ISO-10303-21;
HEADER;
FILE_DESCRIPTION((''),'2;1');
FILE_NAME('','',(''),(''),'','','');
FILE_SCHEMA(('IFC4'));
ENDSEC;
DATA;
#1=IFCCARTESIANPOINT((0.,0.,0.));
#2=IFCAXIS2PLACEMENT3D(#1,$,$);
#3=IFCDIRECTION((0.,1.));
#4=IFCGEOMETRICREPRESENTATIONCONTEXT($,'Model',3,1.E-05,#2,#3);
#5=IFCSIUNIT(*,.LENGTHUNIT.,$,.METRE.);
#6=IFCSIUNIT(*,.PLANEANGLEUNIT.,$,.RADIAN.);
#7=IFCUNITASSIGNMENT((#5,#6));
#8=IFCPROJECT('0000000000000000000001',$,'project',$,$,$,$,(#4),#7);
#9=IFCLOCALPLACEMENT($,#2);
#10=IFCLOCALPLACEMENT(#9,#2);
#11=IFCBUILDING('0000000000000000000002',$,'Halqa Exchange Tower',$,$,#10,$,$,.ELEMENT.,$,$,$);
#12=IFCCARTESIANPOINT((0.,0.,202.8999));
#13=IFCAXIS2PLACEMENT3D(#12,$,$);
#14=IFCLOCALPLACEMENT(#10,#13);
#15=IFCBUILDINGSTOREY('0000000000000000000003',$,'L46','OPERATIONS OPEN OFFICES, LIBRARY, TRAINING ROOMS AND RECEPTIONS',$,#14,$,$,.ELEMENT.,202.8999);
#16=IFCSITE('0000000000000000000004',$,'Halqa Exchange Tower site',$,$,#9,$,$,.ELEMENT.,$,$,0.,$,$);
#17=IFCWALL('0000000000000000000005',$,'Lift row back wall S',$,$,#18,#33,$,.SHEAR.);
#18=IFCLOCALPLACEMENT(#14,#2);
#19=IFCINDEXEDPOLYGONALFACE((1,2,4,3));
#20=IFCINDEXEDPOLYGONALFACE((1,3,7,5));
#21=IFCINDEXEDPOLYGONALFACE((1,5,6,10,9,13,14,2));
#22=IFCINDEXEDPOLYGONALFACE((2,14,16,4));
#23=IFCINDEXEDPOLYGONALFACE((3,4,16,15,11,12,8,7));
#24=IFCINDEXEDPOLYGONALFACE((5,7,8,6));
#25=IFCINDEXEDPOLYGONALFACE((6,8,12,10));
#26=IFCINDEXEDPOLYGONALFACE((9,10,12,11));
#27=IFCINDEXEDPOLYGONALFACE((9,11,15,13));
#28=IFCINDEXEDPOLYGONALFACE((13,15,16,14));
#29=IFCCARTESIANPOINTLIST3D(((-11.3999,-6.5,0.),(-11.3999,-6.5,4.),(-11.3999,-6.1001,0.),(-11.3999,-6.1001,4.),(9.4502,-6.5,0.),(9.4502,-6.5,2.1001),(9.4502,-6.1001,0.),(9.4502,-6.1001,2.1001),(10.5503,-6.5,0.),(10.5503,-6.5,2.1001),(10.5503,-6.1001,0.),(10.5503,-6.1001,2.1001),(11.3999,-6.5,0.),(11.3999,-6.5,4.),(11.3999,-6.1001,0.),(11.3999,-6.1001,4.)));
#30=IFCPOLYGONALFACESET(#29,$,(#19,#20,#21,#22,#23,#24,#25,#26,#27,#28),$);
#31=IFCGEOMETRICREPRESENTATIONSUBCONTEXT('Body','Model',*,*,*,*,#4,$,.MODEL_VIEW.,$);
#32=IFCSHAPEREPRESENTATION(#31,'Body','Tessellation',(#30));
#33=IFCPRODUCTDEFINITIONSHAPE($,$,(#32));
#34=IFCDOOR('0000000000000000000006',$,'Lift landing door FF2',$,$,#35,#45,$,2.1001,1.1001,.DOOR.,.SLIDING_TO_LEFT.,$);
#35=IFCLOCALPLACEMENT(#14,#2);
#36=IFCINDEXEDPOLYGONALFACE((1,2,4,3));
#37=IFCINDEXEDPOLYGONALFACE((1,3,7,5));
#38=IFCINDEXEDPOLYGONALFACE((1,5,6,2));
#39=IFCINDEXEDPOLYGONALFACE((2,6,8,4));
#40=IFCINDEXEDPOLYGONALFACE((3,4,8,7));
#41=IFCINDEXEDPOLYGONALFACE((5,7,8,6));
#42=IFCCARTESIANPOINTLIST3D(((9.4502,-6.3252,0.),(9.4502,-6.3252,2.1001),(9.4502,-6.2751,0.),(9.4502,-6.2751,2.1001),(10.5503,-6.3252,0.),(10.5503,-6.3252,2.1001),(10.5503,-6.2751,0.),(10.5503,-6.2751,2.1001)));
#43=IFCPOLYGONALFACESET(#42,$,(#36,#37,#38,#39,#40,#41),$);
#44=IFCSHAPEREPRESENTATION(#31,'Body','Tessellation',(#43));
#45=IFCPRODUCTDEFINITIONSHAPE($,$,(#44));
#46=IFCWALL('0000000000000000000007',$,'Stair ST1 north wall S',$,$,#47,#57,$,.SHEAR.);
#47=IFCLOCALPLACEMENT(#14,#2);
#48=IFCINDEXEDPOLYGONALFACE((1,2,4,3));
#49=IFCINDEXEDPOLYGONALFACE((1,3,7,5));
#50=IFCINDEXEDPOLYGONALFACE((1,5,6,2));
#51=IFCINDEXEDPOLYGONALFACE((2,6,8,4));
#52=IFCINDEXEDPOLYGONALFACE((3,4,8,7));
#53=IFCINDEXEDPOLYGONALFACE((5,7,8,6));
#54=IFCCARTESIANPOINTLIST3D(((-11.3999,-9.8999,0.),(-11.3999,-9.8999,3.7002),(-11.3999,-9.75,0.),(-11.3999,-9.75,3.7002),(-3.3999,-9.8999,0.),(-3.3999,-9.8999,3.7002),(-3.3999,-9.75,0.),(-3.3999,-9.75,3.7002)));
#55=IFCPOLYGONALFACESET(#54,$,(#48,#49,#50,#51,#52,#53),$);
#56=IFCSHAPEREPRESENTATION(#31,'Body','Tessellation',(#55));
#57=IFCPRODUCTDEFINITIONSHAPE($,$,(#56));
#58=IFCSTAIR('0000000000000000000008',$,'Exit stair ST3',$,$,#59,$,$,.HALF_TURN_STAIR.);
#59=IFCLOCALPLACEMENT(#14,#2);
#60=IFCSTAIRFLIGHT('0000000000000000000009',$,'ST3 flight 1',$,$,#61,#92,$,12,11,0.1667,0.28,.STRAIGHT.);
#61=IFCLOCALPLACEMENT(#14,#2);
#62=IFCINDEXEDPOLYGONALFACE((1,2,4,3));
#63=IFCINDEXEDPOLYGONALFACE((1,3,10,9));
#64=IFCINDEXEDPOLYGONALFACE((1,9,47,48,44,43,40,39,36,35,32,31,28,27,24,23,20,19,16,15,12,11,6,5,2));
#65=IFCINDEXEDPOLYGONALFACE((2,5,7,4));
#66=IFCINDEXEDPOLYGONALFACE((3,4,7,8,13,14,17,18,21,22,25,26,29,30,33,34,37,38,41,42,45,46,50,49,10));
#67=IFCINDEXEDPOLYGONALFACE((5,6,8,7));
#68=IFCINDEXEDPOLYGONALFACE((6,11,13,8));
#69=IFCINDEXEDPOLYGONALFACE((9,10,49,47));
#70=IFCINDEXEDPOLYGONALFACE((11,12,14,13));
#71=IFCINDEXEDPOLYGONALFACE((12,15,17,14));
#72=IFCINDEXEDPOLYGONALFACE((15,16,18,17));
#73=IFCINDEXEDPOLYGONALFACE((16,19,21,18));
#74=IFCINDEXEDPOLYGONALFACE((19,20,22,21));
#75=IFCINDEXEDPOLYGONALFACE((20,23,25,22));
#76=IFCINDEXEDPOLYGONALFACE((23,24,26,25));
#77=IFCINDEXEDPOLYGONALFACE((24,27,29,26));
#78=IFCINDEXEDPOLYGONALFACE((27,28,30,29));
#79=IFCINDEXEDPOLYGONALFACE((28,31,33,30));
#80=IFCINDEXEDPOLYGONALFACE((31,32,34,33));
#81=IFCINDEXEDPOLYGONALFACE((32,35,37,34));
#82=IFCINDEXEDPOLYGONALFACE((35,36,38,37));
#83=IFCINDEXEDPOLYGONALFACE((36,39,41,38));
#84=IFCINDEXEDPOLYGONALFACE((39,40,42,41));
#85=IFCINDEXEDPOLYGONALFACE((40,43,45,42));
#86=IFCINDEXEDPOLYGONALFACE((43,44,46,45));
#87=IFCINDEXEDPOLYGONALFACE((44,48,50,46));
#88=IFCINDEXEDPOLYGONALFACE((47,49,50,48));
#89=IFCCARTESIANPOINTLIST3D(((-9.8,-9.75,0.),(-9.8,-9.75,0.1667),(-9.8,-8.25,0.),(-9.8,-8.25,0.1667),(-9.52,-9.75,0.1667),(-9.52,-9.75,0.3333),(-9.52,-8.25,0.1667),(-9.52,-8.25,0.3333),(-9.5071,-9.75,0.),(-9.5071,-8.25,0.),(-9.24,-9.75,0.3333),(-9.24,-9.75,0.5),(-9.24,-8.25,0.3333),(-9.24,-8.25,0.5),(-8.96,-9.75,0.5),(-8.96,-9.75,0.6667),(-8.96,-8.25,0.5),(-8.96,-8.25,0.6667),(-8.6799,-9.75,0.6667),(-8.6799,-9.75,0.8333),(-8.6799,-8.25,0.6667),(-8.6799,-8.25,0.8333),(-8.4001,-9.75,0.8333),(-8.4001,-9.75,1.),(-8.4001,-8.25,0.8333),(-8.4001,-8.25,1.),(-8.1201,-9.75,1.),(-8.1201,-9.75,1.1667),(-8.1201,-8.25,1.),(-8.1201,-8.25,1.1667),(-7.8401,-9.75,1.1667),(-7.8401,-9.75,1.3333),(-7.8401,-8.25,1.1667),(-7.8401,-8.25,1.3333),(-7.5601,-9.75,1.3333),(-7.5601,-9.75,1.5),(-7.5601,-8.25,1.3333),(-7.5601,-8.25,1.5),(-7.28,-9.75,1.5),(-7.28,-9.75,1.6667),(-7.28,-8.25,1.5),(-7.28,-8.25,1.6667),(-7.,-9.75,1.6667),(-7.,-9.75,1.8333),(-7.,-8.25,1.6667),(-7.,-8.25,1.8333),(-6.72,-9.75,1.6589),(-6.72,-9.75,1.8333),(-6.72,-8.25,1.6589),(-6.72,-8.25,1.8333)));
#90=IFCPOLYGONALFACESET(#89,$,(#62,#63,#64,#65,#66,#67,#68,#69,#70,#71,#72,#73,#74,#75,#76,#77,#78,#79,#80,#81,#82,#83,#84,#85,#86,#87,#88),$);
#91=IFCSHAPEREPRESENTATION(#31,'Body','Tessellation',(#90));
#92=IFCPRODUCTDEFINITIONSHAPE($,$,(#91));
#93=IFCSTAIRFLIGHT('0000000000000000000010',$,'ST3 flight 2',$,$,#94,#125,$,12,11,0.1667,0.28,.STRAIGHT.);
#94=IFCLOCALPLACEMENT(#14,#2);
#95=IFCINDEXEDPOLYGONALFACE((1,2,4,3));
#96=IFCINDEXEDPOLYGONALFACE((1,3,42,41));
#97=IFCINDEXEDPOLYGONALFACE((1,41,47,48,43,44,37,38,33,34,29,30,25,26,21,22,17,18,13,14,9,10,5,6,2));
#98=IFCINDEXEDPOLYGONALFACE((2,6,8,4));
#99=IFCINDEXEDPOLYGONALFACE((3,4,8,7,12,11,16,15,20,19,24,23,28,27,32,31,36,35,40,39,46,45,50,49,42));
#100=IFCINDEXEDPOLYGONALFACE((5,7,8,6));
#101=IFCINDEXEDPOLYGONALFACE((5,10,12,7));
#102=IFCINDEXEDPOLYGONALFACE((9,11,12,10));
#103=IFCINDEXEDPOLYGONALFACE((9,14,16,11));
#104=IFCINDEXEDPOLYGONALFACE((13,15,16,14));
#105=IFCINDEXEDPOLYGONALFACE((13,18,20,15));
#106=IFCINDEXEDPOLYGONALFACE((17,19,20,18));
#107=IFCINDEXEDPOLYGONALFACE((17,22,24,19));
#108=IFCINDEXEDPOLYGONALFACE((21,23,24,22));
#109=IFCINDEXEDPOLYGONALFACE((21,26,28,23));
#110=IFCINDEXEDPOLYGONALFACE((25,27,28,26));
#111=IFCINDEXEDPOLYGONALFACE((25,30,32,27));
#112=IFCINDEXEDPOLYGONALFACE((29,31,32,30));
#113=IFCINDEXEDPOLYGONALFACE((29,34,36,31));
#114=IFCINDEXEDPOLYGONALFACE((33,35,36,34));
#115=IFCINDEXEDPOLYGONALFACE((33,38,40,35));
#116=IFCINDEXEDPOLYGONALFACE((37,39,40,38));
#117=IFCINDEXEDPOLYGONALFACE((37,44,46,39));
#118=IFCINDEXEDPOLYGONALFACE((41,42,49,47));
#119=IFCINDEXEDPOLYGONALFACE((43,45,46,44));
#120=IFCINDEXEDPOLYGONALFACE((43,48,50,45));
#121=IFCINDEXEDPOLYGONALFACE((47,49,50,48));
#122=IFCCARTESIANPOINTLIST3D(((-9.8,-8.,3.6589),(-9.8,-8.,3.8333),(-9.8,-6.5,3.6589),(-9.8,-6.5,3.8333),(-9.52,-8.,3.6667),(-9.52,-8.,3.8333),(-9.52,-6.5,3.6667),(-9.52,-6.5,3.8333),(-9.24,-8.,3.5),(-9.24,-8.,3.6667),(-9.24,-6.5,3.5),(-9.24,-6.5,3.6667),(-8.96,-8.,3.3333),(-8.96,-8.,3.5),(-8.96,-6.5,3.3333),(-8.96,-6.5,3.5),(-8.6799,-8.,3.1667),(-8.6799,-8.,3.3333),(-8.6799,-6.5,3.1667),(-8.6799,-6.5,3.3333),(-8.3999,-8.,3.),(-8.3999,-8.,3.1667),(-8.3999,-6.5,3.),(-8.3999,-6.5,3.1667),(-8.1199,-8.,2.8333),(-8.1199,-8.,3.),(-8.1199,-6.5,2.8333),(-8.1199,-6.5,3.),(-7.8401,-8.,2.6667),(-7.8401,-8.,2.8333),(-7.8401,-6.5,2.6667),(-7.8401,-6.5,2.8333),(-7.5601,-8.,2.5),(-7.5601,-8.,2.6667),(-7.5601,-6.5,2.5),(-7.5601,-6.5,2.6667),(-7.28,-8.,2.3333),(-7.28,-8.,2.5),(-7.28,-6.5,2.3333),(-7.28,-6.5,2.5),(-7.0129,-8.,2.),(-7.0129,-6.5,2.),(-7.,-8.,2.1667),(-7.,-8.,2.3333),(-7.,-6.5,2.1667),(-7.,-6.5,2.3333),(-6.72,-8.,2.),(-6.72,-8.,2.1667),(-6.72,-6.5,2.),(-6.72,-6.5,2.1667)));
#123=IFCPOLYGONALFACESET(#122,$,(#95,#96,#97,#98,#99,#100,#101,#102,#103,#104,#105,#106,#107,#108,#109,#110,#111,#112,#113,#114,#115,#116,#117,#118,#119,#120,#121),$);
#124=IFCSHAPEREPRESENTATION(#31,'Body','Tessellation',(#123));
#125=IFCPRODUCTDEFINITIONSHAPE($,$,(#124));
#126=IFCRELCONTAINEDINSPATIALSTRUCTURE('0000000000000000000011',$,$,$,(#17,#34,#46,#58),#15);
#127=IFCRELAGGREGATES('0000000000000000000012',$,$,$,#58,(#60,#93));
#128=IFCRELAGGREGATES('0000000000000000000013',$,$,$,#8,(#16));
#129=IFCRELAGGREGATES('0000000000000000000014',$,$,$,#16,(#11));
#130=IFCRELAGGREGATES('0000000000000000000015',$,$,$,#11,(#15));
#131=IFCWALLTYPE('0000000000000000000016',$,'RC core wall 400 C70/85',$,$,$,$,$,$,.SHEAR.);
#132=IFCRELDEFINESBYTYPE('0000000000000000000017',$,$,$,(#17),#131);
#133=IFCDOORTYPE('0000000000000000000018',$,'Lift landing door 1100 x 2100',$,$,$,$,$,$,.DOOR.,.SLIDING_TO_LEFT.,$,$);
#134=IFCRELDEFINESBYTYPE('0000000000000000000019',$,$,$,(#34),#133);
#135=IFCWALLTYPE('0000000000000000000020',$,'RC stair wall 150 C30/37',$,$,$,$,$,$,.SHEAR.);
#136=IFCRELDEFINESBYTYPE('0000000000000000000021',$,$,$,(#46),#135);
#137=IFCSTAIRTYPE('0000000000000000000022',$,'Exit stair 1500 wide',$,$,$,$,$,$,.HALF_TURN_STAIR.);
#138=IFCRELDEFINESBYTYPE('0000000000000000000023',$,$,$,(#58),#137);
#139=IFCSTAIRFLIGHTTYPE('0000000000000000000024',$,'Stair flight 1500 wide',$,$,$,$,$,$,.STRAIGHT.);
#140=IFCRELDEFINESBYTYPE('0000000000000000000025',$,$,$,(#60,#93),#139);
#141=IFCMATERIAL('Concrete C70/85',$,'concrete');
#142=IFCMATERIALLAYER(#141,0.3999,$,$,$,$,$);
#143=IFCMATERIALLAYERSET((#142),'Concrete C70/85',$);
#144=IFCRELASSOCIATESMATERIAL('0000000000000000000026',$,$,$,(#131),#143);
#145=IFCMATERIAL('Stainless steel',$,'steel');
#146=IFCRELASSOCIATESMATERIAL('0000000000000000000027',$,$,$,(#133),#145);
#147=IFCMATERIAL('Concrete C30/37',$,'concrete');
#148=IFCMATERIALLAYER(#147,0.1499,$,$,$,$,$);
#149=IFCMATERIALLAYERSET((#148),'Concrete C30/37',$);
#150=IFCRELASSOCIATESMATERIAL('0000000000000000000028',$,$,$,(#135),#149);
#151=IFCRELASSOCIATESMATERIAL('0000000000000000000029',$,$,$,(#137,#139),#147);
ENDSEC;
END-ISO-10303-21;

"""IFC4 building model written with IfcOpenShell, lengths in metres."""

from ifc_helpers import new_model, si_unit, direction, frame, frame_2d, origin, place, context, subcontext, project, spatial, polyline, rectangle, outline, extrude, material, layer, layer_set, type_object, element, fill, aggregate, save


model = new_model("IFC4")

# Units and contexts
model_context = context("Model", 3, precision=1e-05, world=origin(), true_north=direction((0.0, 1.0)))
body_context = subcontext(model_context, "Body", "Model", "MODEL_VIEW")
ifc_project = project(units=[si_unit("LENGTHUNIT", "METRE"), si_unit("PLANEANGLEUNIT", "RADIAN")], contexts=[model_context])

# Site, building, storey
site_placement = place(None, origin())
site = spatial("IfcSite", under=ifc_project, at=site_placement, Name="Halqa Exchange Tower site", CompositionType="ELEMENT", RefElevation=0.0)
building_placement = place(site_placement, origin())
building = spatial("IfcBuilding", under=site, at=building_placement, Name="Halqa Exchange Tower", CompositionType="ELEMENT")
storey_placement = place(building_placement, frame((0.0, 0.0, 202.8999)))
storey = spatial("IfcBuildingStorey", under=building, at=storey_placement, Name="L46", Description="OPERATIONS OPEN OFFICES, LIBRARY, TRAINING ROOMS AND RECEPTIONS", CompositionType="ELEMENT", Elevation=202.8999)

# Shared definitions
ifc_material_1 = material(Name="Concrete C70/85", Category="concrete")
ifc_layer_1 = layer(ifc_material_1, 0.3999)
ifc_layer_set_1 = layer_set([ifc_layer_1], Name="Concrete C70/85")
wall_type_1 = type_object("IfcWallType", Name="RC core wall 400 C70/85", PredefinedType="SHEAR", material=ifc_layer_set_1)
ifc_material_2 = material(Name="Stainless steel", Category="steel")
door_type_1 = type_object("IfcDoorType", Name="Lift landing door 1100 x 2100", OperationType="SLIDING_TO_LEFT", PredefinedType="DOOR", material=ifc_material_2)

# Wall, opening, door
wall_1_placement = place(storey_placement, frame((-11.3999, -6.3, 0.0), z_axis=(0.0, 0.0, 1.0), x_axis=(1.0, 0.0, 0.0)))
wall_1 = element("IfcWall", 1, at=wall_1_placement, inside=storey, type_object=wall_type_1, Name="Lift row back wall S", PredefinedType="SHEAR", context=body_context, shape_type="SweptSolid", body=[
    extrude(rectangle(XDim=22.7998, YDim=0.3999, at=frame_2d((11.3999, 0.0))), origin(), (0.0, 0.0, 1.0), 4.0),
])
opening_1_placement = place(wall_1_placement, frame((20.8501, 0.0, 0.0)))
opening_1 = element("IfcOpeningElement", 2, at=opening_1_placement, cuts=wall_1, PredefinedType="OPENING", context=body_context, shape_type="SweptSolid", body=[
    extrude(rectangle(XDim=1.1001, YDim=2.1001, at=frame_2d((0.55, 1.05))), frame((0.0, 0.2119, 0.0), z_axis=(0.0, -1.0, 0.0), x_axis=(1.0, 0.0, 0.0)), (0.0, 0.0, 1.0), 0.4238),
])
door_1_placement = place(opening_1_placement, origin())
door_1 = element("IfcDoor", 3, at=door_1_placement, inside=storey, type_object=door_type_1, Name="Lift landing door FF2", OperationType="SLIDING_TO_LEFT", OverallHeight=2.1001, OverallWidth=1.1001, PredefinedType="DOOR", context=body_context, shape_type="SweptSolid", body=[
    extrude(rectangle(XDim=1.1001, YDim=2.1001, at=frame_2d((0.55, 1.05))), frame((0.0, 0.0249, 0.0), z_axis=(0.0, -1.0, 0.0), x_axis=(1.0, 0.0, 0.0)), (0.0, 0.0, 1.0), 0.05),
])
fill(opening_1, door_1)

# Wall
ifc_material_3 = material(Name="Concrete C30/37", Category="concrete")
ifc_layer_2 = layer(ifc_material_3, 0.1499)
ifc_layer_set_2 = layer_set([ifc_layer_2], Name="Concrete C30/37")
wall_type_2 = type_object("IfcWallType", Name="RC stair wall 150 C30/37", PredefinedType="SHEAR", material=ifc_layer_set_2)
wall_2_placement = place(storey_placement, frame((-11.3999, -9.825, 0.0), z_axis=(0.0, 0.0, 1.0), x_axis=(1.0, 0.0, 0.0)))
element("IfcWall", 4, at=wall_2_placement, inside=storey, type_object=wall_type_2, Name="Stair ST1 north wall S", PredefinedType="SHEAR", context=body_context, shape_type="SweptSolid", body=[
    extrude(rectangle(XDim=8.0, YDim=0.1499, at=frame_2d((4.0, 0.0))), origin(), (0.0, 0.0, 1.0), 3.7002),
])

# Stair, stair flights
stair_type = type_object("IfcStairType", Name="Exit stair 1500 wide", PredefinedType="HALF_TURN_STAIR", material=ifc_material_3)
stair_placement = place(storey_placement, origin())
stair = element("IfcStair", 5, at=stair_placement, inside=storey, type_object=stair_type, Name="Exit stair ST3", PredefinedType="HALF_TURN_STAIR")
stair_flight_type = type_object("IfcStairFlightType", Name="Stair flight 1500 wide", PredefinedType="STRAIGHT", material=ifc_material_3)
stair_flight_1_placement = place(storey_placement, frame((-9.8, -9.0, 0.0), z_axis=(0.0, 0.0, 1.0), x_axis=(1.0, 0.0, 0.0)))
stair_flight_1 = element("IfcStairFlight", 6, at=stair_flight_1_placement, type_object=stair_flight_type, Name="ST3 flight 1", NumberOfRisers=12, NumberOfTreads=11, PredefinedType="STRAIGHT", RiserHeight=0.1667, TreadLength=0.28, context=body_context, shape_type="SweptSolid", body=[
    extrude(outline(polyline([(0.0, 0.0), (0.0, 0.1667), (0.28, 0.1667), (0.28, 0.3333), (0.5601, 0.3333), (0.5601, 0.5), (0.8401, 0.5), (0.8401, 0.6667), (1.1201, 0.6667), (1.1201, 0.8333), (1.3999, 0.8333), (1.3999, 1.0), (1.6799, 1.0), (1.6799, 1.1667), (1.96, 1.1667), (1.96, 1.3333), (2.24, 1.3333), (2.24, 1.5), (2.52, 1.5), (2.52, 1.6667), (2.8, 1.6667), (2.8, 1.8333), (3.0801, 1.8333), (3.0801, 2.0), (3.0801, 1.6589), (0.293, 0.0), (0.0, 0.0)])), frame((0.0, 0.75, 0.0), z_axis=(0.0, -1.0, 0.0), x_axis=(1.0, 0.0, 0.0)), (0.0, 0.0, 1.0), 1.5),
])
stair_flight_2_placement = place(storey_placement, frame((-6.72, -7.25, 2.0), z_axis=(0.0, 0.0, 1.0), x_axis=(-1.0, 0.0, 0.0)))
stair_flight_2 = element("IfcStairFlight", 7, at=stair_flight_2_placement, type_object=stair_flight_type, Name="ST3 flight 2", NumberOfRisers=12, NumberOfTreads=11, PredefinedType="STRAIGHT", RiserHeight=0.1667, TreadLength=0.28, context=body_context, shape_type="SweptSolid", body=[
    extrude(outline(polyline([(0.0, 0.0), (0.0, 0.1667), (0.28, 0.1667), (0.28, 0.3333), (0.5601, 0.3333), (0.5601, 0.5), (0.8401, 0.5), (0.8401, 0.6667), (1.1201, 0.6667), (1.1201, 0.8333), (1.3999, 0.8333), (1.3999, 1.0), (1.6799, 1.0), (1.6799, 1.1667), (1.96, 1.1667), (1.96, 1.3333), (2.24, 1.3333), (2.24, 1.5), (2.52, 1.5), (2.52, 1.6667), (2.8, 1.6667), (2.8, 1.8333), (3.0801, 1.8333), (3.0801, 2.0), (3.0801, 1.6589), (0.293, 0.0), (0.0, 0.0)])), frame((0.0, 0.75, 0.0), z_axis=(0.0, -1.0, 0.0), x_axis=(1.0, 0.0, 0.0)), (0.0, 0.0, 1.0), 1.5),
])
aggregate(stair, [stair_flight_1, stair_flight_2])

save(model, "model.ifc")
